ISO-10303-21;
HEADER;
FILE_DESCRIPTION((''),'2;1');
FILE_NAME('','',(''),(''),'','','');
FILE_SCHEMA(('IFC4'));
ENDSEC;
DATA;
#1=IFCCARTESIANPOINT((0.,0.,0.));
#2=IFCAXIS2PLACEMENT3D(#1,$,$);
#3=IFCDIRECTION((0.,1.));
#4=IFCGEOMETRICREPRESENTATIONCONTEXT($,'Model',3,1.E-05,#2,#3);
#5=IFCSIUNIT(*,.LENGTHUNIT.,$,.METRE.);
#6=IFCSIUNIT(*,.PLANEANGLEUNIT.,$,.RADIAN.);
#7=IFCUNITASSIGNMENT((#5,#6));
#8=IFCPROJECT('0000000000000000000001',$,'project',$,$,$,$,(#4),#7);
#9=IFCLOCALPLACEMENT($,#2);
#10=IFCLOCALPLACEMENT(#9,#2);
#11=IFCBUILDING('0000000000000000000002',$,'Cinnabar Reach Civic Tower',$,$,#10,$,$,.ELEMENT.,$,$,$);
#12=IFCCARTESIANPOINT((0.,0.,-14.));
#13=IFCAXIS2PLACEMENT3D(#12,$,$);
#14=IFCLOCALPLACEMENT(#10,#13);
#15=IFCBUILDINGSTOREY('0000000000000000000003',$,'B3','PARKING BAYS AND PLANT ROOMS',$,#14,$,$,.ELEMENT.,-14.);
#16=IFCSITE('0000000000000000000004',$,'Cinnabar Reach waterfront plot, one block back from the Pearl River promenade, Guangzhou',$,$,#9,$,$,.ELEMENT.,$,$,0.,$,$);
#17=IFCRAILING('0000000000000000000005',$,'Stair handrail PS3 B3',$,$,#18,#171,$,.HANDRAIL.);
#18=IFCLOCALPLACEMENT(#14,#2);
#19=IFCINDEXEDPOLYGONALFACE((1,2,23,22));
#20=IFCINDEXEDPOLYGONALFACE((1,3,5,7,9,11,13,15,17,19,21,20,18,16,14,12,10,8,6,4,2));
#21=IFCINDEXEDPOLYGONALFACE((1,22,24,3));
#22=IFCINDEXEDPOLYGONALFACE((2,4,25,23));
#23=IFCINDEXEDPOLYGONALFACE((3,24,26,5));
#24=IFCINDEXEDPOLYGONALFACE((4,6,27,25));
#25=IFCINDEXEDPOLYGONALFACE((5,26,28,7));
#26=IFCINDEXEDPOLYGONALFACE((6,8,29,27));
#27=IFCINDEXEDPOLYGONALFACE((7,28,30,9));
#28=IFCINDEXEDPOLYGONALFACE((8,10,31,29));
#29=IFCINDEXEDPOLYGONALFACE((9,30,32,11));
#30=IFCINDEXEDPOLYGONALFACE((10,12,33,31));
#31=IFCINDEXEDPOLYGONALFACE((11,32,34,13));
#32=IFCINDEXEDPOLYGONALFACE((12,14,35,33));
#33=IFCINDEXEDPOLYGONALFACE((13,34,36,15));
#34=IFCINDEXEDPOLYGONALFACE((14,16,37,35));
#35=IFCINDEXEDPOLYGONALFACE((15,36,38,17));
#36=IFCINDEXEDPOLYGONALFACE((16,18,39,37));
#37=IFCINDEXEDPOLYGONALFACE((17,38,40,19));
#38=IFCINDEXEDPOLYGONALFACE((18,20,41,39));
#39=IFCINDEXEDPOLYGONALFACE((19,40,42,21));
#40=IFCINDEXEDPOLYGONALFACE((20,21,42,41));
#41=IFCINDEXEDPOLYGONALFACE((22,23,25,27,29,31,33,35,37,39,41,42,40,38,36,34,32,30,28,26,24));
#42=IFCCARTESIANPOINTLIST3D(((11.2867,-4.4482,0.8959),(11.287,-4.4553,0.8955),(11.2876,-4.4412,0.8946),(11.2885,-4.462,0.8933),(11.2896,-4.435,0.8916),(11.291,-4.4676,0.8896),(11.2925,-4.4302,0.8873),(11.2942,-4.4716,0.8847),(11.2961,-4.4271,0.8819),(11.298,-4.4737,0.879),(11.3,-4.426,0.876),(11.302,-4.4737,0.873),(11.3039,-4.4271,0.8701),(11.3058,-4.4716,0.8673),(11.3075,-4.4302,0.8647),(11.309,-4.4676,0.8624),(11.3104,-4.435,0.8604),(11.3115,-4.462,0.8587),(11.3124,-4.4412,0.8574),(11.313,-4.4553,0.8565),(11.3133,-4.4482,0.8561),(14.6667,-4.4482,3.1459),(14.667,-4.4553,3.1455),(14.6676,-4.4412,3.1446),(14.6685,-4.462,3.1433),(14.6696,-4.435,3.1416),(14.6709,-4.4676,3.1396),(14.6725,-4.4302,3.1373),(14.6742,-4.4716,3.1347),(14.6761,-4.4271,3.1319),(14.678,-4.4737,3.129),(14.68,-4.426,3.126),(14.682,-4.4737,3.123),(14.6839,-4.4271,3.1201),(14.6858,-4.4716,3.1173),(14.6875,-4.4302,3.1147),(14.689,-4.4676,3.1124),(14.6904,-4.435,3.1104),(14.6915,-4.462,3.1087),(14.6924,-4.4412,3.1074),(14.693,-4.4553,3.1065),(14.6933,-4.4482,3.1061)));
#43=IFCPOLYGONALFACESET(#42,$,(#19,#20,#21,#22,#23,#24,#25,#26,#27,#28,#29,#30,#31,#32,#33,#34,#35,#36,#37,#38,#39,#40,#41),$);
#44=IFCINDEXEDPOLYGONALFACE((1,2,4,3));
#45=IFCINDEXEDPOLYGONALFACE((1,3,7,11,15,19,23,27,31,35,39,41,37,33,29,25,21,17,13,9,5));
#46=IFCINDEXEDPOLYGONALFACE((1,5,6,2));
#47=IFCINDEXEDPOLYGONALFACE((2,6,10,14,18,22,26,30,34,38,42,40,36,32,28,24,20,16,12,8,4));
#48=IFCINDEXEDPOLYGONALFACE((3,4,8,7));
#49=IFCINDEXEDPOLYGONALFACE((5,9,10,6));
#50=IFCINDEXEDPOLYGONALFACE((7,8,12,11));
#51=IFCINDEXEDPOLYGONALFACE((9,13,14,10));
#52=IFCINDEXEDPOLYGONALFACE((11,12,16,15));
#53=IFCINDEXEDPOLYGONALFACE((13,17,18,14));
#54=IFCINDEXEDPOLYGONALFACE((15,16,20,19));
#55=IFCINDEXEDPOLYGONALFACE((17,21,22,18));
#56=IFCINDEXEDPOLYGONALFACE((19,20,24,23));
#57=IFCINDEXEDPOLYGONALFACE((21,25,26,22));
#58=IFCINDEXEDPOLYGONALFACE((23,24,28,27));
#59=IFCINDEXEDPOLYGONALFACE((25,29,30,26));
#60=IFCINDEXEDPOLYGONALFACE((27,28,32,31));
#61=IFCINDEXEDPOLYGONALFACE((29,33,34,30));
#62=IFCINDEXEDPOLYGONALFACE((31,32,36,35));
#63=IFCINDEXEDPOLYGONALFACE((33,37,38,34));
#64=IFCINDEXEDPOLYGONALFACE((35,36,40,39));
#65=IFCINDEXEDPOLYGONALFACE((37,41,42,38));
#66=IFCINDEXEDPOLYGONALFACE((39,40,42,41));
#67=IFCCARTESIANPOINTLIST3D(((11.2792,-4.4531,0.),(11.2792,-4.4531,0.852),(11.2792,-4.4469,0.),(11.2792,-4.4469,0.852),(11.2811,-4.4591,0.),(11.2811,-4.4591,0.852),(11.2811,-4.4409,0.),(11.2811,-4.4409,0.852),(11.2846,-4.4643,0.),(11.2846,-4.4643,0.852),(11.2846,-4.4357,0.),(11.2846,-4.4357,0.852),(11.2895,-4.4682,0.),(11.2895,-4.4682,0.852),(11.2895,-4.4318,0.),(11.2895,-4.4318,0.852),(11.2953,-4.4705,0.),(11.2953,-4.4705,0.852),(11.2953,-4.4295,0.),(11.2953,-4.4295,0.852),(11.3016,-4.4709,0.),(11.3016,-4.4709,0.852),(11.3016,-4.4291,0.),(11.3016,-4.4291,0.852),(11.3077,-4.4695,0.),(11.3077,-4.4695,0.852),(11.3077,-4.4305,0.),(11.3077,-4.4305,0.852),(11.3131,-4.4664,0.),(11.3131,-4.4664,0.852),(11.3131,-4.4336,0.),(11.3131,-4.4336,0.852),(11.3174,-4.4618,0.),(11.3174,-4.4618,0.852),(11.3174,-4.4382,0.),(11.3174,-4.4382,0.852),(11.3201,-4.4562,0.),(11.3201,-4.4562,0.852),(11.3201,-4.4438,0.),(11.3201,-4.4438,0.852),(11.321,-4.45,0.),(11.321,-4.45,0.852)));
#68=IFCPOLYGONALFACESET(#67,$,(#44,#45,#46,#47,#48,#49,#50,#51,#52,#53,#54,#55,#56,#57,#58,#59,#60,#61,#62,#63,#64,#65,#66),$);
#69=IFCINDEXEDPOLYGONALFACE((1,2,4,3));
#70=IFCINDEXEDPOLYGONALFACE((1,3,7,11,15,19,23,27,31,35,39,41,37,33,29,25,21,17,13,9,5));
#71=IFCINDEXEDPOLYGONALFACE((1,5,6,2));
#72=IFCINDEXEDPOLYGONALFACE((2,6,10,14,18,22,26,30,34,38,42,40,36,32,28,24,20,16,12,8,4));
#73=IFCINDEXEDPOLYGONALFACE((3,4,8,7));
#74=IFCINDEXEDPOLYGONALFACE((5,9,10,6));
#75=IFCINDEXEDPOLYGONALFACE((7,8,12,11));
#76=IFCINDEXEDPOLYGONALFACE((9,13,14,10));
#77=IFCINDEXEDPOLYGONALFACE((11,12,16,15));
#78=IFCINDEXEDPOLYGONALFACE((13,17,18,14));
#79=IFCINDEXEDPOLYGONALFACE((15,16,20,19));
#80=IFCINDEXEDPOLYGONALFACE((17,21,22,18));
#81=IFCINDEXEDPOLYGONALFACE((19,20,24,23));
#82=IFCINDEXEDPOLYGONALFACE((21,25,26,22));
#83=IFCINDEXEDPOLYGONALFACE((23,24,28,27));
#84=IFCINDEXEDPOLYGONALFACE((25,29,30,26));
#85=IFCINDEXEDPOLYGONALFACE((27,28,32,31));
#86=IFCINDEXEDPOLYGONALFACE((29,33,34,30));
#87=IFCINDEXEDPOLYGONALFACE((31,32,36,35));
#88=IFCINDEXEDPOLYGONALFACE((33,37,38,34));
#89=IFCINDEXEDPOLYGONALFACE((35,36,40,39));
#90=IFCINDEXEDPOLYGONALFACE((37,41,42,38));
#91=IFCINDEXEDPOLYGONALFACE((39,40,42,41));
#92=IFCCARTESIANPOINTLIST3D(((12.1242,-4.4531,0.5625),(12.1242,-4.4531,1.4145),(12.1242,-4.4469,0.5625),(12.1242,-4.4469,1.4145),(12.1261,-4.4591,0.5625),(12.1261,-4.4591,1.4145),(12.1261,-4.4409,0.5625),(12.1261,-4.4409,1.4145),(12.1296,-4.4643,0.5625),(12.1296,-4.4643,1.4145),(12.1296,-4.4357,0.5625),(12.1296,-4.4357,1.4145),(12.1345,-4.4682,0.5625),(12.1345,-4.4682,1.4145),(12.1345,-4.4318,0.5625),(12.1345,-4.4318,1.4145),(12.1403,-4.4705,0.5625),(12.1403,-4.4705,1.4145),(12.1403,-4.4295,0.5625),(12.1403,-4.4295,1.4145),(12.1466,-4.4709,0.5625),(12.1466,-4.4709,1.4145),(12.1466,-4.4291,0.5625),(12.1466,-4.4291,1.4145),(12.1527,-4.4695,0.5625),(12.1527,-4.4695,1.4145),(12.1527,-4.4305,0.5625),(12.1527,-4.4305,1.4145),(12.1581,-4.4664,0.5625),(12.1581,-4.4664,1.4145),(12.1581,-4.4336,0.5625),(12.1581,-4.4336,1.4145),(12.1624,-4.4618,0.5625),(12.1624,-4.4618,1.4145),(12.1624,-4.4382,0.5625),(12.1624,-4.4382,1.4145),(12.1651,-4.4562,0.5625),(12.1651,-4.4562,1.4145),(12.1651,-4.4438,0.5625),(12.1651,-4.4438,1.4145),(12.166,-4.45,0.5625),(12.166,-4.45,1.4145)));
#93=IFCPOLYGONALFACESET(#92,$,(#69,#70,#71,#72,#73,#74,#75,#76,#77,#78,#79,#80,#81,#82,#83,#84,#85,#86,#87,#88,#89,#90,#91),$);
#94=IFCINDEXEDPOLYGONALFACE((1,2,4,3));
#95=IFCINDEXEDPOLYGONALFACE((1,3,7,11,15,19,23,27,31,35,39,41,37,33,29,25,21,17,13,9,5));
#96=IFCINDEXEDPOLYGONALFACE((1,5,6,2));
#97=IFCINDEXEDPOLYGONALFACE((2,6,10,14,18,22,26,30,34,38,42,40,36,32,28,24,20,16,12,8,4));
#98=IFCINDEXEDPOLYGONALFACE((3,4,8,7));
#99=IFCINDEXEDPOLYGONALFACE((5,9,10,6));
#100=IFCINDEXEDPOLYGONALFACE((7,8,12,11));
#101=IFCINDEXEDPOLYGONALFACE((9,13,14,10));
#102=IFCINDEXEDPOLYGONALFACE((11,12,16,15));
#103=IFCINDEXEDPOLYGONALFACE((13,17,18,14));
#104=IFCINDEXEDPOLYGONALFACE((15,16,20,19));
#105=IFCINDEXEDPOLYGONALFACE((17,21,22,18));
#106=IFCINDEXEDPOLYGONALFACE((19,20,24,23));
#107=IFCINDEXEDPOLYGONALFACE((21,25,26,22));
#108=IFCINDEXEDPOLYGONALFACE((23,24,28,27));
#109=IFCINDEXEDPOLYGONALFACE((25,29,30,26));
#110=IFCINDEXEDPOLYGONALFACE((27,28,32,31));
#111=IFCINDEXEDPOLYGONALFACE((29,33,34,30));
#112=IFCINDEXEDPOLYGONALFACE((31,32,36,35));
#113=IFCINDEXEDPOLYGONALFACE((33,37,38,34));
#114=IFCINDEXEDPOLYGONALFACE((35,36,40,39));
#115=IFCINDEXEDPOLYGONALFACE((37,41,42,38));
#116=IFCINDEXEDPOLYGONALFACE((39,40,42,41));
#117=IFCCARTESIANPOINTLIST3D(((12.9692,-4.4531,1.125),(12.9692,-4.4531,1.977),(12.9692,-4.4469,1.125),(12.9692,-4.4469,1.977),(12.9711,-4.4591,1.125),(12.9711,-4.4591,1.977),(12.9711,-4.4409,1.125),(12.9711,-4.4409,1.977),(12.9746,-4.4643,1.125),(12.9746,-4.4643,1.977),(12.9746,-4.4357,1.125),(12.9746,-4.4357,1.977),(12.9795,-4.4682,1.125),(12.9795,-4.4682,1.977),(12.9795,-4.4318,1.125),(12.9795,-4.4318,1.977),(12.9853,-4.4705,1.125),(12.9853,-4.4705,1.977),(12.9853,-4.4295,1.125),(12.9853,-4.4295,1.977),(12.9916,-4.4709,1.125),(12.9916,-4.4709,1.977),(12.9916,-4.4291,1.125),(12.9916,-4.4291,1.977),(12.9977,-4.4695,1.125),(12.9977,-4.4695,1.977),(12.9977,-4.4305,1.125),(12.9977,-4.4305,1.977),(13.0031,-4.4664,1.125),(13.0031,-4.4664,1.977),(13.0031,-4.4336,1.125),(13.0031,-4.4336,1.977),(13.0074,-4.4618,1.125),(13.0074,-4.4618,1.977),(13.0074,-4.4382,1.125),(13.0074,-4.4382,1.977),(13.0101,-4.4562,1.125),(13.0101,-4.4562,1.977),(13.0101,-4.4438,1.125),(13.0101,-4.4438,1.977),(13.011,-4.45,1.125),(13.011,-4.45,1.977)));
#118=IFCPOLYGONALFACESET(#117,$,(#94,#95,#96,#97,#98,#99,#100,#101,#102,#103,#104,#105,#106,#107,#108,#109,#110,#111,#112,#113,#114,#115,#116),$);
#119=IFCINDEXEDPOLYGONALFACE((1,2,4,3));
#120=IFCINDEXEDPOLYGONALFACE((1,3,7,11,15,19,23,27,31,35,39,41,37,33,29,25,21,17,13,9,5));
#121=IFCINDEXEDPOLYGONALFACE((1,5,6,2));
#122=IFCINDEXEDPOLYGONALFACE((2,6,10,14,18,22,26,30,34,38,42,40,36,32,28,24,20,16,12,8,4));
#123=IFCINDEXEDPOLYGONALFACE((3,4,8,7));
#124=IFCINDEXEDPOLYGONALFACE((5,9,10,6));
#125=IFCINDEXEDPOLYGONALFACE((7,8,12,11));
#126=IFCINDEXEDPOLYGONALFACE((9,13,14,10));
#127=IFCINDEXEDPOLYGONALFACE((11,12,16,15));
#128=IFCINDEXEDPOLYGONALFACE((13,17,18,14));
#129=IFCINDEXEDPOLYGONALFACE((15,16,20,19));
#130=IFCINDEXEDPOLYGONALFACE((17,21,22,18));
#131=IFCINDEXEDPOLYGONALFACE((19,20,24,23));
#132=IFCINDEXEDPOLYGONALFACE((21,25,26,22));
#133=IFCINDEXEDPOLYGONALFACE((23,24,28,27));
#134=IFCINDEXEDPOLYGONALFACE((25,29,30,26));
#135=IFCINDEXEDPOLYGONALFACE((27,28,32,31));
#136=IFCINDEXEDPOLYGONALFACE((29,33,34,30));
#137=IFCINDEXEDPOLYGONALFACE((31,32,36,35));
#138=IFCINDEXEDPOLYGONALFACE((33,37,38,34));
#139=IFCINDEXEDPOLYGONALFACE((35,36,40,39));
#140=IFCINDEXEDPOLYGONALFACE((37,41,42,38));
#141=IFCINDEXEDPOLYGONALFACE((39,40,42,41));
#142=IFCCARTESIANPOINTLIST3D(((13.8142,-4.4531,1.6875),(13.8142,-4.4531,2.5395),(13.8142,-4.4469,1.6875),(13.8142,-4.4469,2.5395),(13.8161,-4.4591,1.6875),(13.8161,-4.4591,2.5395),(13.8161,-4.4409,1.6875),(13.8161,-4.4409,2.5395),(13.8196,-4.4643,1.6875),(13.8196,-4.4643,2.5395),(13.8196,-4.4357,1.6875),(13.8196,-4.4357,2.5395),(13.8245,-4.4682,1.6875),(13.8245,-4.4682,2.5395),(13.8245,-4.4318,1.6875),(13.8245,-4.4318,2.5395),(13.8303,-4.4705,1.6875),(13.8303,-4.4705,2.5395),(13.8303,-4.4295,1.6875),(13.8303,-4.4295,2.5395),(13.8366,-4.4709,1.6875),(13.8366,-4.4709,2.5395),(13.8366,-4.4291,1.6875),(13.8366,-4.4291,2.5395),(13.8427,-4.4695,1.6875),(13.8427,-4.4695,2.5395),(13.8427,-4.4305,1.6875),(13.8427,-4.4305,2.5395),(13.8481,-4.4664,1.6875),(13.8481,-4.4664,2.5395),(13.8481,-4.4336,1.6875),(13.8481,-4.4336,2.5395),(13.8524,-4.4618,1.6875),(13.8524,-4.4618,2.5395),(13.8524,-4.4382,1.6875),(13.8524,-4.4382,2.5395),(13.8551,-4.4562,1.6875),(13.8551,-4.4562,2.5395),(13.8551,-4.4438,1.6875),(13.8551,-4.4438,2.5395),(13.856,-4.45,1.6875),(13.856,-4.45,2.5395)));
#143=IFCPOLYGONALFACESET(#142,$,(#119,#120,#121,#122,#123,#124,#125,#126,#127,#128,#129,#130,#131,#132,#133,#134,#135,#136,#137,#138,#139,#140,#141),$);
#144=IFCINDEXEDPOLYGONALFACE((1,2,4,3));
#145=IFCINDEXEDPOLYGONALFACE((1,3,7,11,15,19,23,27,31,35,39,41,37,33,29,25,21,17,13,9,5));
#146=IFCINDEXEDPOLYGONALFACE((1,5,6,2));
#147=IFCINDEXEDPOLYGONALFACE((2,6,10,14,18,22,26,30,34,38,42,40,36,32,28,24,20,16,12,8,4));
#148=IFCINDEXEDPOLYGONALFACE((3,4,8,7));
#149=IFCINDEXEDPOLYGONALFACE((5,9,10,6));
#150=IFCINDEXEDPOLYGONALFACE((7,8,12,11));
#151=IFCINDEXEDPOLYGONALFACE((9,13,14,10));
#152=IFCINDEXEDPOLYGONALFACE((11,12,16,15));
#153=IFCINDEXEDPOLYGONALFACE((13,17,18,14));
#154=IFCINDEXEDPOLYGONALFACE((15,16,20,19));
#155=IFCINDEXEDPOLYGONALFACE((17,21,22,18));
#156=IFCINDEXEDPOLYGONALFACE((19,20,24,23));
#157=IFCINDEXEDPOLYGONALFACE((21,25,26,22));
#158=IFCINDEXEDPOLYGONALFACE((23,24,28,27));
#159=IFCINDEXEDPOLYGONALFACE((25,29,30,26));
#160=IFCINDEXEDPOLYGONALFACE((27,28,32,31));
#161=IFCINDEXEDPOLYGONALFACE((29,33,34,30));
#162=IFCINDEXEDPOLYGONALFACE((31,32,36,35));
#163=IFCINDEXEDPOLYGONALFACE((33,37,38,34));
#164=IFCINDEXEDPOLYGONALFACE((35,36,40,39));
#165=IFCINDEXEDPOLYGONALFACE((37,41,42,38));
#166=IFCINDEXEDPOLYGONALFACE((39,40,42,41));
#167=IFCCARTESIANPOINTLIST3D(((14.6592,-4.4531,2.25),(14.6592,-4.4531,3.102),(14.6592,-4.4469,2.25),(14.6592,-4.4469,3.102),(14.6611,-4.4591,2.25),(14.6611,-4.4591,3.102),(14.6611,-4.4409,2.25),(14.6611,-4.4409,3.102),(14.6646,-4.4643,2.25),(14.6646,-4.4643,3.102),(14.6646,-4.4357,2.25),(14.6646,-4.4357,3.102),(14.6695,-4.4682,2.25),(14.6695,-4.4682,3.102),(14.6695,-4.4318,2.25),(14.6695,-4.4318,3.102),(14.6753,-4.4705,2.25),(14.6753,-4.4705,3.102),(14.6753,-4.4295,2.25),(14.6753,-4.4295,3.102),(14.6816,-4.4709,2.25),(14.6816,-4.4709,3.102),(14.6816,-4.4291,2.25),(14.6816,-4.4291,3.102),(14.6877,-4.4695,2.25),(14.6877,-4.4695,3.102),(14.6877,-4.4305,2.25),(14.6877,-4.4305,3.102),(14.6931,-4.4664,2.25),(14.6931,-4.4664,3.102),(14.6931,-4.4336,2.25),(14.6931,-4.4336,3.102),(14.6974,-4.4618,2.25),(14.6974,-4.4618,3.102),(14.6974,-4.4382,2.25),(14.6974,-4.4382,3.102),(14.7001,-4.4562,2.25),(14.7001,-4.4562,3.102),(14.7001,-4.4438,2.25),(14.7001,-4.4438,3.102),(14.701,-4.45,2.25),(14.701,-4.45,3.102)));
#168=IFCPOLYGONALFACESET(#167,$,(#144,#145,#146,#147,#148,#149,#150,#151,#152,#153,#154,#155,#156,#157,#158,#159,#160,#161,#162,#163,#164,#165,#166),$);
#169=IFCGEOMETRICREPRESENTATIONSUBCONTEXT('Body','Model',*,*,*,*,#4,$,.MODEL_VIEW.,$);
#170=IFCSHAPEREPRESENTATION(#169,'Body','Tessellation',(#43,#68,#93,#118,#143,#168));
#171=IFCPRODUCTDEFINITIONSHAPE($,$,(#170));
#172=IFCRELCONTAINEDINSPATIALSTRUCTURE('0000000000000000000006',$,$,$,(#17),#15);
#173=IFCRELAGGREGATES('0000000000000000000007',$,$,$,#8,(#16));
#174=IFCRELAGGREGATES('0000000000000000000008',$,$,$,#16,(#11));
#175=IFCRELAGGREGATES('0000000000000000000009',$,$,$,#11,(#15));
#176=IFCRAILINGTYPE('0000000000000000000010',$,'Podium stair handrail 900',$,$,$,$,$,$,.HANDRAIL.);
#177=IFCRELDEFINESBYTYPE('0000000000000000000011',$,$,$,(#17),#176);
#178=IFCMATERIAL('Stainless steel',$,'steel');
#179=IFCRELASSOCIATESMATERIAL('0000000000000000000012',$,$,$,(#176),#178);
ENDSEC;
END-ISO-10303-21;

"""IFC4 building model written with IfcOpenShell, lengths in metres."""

from ifc_helpers import new_model, si_unit, direction, frame, origin, origin_2d, place, context, subcontext, project, spatial, circle, extrude, material, type_object, element, save


model = new_model("IFC4")

# Units and contexts
model_context = context("Model", 3, precision=1e-05, world=origin(), true_north=direction((0.0, 1.0)))
body_context = subcontext(model_context, "Body", "Model", "MODEL_VIEW")
ifc_project = project(units=[si_unit("LENGTHUNIT", "METRE"), si_unit("PLANEANGLEUNIT", "RADIAN")], contexts=[model_context])

# Site, building, storey
site_placement = place(None, origin())
site = spatial("IfcSite", under=ifc_project, at=site_placement, Name="Cinnabar Reach waterfront plot, one block back from the Pearl River promenade, Guangzhou", CompositionType="ELEMENT", RefElevation=0.0)
building_placement = place(site_placement, origin())
building = spatial("IfcBuilding", under=site, at=building_placement, Name="Cinnabar Reach Civic Tower", CompositionType="ELEMENT")
storey_placement = place(building_placement, frame((0.0, 0.0, -14.0)))
storey = spatial("IfcBuildingStorey", under=building, at=storey_placement, Name="B3", Description="PARKING BAYS AND PLANT ROOMS", CompositionType="ELEMENT", Elevation=-14.0)

# Railing
ifc_material_1 = material(Name="Stainless steel", Category="steel")
railing_type_1 = type_object("IfcRailingType", Name="Podium stair handrail 900", PredefinedType="HANDRAIL", material=ifc_material_1)
railing_1_placement = place(storey_placement, frame((11.3, -4.45, 0.0)))
element("IfcRailing", 1, at=railing_1_placement, inside=storey, type_object=railing_type_1, Name="Stair handrail PS3 B3", PredefinedType="HANDRAIL", context=body_context, shape_type="SweptSolid", body=[
    extrude(circle(Radius=0.024, at=origin_2d()), frame((0.0, 0.0, 0.876), z_axis=(0.832429, 0.0, 0.554132), x_axis=(0.0, 1.0, 0.0)), (0.0, 0.0, 1.0), 4.0604),
    extrude(circle(Radius=0.021, at=origin_2d()), origin(), (0.0, 0.0, 1.0), 0.852),
    extrude(circle(Radius=0.021, at=origin_2d()), frame((0.845, 0.0, 0.5625)), (0.0, 0.0, 1.0), 0.852),
    extrude(circle(Radius=0.021, at=origin_2d()), frame((1.69, 0.0, 1.125)), (0.0, 0.0, 1.0), 0.852),
    extrude(circle(Radius=0.021, at=origin_2d()), frame((2.535, 0.0, 1.6875)), (0.0, 0.0, 1.0), 0.852),
    extrude(circle(Radius=0.021, at=origin_2d()), frame((3.38, 0.0, 2.25)), (0.0, 0.0, 1.0), 0.852),
])

save(model, "model.ifc")
